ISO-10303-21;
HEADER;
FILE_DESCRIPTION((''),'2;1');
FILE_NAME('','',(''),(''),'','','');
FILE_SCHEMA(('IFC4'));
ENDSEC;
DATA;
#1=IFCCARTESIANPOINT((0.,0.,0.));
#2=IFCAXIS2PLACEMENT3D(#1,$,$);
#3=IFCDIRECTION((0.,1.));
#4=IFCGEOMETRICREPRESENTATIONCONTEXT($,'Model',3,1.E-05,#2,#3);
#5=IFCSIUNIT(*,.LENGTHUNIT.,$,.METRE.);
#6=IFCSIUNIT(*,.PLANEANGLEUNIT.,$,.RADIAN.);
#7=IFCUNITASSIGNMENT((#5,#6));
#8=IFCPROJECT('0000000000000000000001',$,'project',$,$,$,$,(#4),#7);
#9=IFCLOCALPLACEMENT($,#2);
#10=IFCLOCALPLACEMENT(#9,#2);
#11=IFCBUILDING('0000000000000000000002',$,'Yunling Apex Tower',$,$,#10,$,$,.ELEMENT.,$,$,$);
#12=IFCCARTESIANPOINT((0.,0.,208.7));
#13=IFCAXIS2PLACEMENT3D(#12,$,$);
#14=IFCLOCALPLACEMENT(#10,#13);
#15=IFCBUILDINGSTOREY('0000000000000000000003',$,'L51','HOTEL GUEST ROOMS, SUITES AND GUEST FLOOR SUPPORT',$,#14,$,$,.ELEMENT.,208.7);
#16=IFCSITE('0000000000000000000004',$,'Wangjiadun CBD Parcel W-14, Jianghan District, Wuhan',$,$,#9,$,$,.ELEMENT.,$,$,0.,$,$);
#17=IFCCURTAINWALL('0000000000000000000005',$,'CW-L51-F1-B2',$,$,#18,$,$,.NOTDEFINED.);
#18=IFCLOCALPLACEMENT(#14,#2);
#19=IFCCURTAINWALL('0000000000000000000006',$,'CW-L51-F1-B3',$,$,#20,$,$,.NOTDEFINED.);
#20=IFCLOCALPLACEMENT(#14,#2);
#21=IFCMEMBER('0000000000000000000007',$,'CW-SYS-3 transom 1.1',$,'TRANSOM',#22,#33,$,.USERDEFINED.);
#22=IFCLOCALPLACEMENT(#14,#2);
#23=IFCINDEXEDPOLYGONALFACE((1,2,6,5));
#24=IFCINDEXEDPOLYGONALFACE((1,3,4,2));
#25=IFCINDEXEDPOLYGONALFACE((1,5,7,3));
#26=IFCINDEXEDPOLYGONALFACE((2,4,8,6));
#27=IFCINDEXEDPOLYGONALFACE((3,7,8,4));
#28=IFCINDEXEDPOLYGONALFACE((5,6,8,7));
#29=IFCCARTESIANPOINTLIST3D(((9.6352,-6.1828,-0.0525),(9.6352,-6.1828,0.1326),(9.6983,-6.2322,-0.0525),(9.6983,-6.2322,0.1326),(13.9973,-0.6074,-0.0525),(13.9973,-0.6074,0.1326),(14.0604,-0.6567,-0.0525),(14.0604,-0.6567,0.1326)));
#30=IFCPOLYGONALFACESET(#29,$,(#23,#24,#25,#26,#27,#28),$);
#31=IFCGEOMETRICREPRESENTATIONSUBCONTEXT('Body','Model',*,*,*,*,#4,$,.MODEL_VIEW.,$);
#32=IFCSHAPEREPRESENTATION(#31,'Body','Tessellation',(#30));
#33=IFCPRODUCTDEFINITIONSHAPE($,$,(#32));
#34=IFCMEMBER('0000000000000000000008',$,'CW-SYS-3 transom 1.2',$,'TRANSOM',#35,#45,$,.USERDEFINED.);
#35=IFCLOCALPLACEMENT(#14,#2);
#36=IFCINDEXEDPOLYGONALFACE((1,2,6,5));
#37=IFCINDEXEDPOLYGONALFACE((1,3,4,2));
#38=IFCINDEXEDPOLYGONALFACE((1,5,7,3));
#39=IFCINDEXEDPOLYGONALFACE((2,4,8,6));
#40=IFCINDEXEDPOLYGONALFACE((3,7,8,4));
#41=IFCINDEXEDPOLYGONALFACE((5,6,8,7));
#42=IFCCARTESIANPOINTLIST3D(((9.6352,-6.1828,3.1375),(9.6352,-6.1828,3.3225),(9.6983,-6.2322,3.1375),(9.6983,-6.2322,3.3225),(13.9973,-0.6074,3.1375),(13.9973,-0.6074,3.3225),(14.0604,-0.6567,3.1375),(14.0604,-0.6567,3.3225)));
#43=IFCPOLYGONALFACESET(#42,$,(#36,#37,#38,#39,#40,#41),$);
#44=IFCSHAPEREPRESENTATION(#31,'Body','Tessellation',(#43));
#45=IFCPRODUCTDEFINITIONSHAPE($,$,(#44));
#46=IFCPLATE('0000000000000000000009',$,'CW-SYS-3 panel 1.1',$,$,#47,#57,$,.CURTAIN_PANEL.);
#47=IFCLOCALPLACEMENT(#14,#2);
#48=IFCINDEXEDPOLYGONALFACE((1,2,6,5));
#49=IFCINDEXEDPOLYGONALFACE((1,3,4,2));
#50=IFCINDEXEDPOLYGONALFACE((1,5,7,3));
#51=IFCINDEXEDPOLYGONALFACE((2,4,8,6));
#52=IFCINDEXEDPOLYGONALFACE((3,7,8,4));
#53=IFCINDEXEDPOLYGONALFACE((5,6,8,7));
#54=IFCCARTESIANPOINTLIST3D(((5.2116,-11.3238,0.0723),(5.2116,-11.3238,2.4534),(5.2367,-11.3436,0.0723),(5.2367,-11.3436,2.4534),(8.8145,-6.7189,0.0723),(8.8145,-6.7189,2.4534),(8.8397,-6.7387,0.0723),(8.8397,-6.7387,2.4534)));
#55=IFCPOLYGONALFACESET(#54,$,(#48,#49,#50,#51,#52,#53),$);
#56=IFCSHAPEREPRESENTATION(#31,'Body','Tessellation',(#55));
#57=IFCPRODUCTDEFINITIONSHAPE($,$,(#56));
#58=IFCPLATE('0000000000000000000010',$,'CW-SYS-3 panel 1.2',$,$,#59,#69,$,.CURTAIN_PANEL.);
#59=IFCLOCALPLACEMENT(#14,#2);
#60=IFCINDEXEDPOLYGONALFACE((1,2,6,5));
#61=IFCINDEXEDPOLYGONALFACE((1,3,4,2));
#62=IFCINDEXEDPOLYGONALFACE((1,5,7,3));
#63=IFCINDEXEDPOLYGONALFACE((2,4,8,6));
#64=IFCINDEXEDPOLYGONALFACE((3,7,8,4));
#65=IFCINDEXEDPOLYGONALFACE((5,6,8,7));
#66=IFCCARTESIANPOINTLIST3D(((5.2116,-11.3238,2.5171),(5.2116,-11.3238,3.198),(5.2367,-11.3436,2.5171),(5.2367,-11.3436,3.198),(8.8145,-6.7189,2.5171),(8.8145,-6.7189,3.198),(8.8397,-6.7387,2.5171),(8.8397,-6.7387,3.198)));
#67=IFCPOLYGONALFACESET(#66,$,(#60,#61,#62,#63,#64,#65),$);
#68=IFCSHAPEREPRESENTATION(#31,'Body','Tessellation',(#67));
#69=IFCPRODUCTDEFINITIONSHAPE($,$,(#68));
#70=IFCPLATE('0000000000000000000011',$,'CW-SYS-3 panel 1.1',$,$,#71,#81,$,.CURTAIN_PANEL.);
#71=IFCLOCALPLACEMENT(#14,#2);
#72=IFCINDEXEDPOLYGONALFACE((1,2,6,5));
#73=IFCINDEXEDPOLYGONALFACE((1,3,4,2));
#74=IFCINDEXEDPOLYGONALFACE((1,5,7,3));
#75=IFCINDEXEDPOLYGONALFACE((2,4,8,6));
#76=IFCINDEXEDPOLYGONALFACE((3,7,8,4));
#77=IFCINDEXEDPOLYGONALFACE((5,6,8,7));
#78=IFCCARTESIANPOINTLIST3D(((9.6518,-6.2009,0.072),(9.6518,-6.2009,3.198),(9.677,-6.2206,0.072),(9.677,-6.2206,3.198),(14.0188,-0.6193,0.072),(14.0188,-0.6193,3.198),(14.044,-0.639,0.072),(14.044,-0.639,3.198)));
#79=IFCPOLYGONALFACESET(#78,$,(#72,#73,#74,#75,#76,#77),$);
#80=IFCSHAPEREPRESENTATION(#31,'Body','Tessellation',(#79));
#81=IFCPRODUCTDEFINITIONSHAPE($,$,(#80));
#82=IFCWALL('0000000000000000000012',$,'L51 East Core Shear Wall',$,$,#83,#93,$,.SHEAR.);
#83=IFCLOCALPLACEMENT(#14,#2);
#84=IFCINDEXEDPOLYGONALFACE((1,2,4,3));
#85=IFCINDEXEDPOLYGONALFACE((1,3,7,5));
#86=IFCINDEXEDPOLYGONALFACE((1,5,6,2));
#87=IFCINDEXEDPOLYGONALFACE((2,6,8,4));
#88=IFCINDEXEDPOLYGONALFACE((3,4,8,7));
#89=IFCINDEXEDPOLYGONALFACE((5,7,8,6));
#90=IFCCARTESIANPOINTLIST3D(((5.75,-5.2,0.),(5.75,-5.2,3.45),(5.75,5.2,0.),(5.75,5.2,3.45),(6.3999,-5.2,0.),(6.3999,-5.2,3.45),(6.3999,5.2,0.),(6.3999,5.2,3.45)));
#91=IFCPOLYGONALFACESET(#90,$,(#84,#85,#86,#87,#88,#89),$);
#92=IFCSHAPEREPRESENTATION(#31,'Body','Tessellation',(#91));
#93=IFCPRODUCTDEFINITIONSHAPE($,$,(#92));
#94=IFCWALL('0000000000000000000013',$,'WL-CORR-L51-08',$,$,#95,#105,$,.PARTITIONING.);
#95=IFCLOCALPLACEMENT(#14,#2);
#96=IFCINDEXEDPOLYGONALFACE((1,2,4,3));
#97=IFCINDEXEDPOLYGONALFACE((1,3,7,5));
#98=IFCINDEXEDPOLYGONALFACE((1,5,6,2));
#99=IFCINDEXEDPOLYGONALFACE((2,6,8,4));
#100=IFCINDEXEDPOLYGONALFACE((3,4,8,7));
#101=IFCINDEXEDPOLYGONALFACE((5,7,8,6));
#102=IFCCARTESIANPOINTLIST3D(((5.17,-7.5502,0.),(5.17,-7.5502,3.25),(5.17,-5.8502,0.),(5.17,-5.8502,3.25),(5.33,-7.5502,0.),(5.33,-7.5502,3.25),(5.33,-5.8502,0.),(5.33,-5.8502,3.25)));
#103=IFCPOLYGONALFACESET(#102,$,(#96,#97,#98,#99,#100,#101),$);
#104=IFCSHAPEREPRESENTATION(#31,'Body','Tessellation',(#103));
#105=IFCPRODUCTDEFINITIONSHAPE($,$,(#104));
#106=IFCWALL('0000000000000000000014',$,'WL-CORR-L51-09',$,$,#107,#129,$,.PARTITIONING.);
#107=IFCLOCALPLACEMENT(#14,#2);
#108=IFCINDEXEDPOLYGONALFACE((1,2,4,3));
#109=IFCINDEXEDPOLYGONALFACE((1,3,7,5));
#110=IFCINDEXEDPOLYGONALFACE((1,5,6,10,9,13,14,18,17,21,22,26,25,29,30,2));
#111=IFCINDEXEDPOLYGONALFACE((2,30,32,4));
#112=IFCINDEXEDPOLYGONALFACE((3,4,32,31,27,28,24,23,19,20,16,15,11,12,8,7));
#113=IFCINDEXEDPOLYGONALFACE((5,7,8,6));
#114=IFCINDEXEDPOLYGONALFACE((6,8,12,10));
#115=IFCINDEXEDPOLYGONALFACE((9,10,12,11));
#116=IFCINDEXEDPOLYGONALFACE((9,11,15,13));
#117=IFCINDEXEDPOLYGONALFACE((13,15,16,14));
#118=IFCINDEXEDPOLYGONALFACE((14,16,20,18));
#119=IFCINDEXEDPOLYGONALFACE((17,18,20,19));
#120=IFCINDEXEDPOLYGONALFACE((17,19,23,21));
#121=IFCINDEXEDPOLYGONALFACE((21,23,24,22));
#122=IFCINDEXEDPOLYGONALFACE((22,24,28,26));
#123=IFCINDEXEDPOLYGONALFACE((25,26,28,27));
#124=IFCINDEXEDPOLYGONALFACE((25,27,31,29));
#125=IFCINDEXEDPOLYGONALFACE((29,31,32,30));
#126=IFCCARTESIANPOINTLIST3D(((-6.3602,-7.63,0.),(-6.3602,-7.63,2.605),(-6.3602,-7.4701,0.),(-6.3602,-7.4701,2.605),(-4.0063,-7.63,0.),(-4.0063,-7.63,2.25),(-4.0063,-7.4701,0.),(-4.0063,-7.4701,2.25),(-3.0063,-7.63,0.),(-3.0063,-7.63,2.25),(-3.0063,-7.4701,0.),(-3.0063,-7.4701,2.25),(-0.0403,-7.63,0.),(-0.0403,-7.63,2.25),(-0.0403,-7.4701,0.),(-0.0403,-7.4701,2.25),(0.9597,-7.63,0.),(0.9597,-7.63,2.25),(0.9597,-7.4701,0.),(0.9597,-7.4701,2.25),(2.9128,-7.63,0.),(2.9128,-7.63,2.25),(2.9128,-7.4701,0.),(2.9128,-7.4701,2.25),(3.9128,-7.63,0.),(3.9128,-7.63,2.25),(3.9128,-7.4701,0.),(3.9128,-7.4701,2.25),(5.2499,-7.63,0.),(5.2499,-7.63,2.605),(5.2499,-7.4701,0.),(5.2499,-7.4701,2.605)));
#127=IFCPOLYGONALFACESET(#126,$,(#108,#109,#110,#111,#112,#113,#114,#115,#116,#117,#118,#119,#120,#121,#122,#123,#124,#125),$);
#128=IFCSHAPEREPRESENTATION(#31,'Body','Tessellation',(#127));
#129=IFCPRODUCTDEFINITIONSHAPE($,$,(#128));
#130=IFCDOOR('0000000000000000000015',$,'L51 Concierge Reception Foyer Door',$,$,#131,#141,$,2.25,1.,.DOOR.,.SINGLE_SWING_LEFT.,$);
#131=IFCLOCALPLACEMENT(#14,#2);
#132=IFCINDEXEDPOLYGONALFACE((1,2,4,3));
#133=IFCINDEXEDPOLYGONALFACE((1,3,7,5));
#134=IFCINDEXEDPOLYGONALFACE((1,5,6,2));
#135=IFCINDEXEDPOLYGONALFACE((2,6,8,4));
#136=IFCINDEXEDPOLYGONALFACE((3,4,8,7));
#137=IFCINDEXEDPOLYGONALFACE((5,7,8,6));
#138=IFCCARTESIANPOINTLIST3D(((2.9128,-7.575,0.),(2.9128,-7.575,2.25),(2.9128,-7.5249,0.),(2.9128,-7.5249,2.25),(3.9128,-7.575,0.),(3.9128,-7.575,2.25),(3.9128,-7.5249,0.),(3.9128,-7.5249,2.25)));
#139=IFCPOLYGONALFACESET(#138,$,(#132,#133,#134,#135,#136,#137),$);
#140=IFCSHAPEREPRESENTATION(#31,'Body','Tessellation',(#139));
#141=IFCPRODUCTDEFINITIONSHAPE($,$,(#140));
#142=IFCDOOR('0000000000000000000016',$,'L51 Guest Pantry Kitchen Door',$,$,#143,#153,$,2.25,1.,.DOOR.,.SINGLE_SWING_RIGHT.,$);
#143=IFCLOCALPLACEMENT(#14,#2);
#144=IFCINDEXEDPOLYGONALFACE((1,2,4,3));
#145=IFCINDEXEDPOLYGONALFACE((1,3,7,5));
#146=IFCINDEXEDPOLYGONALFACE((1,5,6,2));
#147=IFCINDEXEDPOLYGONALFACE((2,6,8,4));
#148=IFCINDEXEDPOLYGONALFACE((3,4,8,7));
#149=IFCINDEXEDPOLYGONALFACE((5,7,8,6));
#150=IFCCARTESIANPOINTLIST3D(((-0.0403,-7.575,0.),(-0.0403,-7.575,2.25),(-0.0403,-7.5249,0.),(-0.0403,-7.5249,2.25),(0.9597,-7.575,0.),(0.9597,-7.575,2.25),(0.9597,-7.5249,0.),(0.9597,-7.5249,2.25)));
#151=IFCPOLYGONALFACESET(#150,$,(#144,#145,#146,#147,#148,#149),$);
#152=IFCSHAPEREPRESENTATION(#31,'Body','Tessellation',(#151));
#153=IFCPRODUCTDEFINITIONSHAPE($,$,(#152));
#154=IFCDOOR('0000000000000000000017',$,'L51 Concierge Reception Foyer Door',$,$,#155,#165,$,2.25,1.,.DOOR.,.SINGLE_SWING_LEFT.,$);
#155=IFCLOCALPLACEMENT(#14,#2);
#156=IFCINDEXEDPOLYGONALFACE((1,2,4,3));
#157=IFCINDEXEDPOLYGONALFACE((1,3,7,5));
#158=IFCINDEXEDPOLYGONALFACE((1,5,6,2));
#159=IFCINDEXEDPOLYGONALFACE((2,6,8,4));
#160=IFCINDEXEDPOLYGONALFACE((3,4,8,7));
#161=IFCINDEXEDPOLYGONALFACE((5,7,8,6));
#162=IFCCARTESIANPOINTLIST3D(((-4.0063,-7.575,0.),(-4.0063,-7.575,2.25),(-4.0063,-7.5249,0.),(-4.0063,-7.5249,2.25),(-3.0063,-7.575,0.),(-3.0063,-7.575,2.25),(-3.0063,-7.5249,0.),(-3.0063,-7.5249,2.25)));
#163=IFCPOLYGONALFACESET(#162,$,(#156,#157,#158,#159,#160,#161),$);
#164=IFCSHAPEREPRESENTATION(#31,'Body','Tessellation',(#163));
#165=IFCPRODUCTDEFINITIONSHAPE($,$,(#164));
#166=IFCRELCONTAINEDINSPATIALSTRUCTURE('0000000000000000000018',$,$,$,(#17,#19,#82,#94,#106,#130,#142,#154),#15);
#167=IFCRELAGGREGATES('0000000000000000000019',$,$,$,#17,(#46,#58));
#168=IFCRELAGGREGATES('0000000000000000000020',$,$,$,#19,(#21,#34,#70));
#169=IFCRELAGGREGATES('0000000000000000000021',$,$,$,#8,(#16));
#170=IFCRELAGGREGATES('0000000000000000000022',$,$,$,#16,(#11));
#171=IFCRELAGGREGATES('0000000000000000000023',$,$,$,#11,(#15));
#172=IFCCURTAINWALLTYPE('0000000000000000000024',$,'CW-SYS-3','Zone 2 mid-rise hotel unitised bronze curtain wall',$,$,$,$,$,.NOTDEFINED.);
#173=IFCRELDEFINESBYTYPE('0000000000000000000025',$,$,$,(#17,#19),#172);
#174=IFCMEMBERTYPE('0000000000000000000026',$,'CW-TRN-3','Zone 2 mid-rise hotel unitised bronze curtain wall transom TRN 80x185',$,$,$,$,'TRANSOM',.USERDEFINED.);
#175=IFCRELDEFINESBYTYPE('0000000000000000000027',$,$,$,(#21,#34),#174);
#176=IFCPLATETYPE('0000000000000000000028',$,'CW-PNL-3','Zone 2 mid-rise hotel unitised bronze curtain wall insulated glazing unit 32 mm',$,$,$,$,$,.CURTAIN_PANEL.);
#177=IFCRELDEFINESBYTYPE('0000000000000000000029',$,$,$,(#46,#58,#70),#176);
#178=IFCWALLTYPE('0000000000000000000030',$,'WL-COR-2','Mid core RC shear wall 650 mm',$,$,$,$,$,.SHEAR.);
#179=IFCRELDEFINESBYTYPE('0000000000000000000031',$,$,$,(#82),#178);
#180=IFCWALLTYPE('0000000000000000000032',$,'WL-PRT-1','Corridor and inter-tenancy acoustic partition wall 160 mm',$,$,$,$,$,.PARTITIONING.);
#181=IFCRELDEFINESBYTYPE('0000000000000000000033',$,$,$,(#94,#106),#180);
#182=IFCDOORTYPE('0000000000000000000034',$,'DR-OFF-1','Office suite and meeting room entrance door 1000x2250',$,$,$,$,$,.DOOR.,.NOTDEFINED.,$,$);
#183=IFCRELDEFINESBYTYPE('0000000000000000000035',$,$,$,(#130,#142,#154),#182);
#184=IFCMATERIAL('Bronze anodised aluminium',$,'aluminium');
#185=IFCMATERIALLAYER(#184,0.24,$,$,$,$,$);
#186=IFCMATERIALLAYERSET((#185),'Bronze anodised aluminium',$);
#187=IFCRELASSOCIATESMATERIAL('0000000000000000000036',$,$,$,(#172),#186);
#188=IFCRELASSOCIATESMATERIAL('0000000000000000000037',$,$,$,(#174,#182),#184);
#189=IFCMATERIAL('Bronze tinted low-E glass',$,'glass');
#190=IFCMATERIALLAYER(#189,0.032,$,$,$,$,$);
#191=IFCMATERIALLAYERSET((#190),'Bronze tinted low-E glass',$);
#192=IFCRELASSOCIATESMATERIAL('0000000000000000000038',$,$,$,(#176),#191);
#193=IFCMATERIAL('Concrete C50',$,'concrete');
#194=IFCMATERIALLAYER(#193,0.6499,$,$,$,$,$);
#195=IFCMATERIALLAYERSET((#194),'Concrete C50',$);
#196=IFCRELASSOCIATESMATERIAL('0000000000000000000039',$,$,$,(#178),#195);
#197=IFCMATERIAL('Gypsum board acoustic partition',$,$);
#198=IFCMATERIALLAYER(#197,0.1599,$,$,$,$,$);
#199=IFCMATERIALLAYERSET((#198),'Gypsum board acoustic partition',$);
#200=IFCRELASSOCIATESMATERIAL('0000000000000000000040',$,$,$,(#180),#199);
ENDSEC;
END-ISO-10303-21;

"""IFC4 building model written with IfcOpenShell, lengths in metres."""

from ifc_helpers import new_model, si_unit, direction, frame, frame_2d, origin, origin_2d, place, context, subcontext, project, spatial, rectangle, extrude, source, transform, mapped, material, layer, layer_set, material_profile, profile_set, type_object, element, fill, aggregate, save


model = new_model("IFC4")

# Units and contexts
model_context = context("Model", 3, precision=1e-05, world=origin(), true_north=direction((0.0, 1.0)))
body_context = subcontext(model_context, "Body", "Model", "MODEL_VIEW")
ifc_project = project(units=[si_unit("LENGTHUNIT", "METRE"), si_unit("PLANEANGLEUNIT", "RADIAN")], contexts=[model_context])

# Site, building, storey
site_placement = place(None, origin())
site = spatial("IfcSite", under=ifc_project, at=site_placement, Name="Wangjiadun CBD Parcel W-14, Jianghan District, Wuhan", CompositionType="ELEMENT", RefElevation=0.0)
building_placement = place(site_placement, origin())
building = spatial("IfcBuilding", under=site, at=building_placement, Name="Yunling Apex Tower", CompositionType="ELEMENT")
storey_placement = place(building_placement, frame((0.0, 0.0, 208.7)))
storey = spatial("IfcBuildingStorey", under=building, at=storey_placement, Name="L51", Description="HOTEL GUEST ROOMS, SUITES AND GUEST FLOOR SUPPORT", CompositionType="ELEMENT", Elevation=208.7)

# Shared definitions
ifc_material_1 = material(Name="Concrete C50", Category="concrete")

# Curtain wall
ifc_material_2 = material(Name="Bronze anodised aluminium", Category="aluminium")
ifc_layer_1 = layer(ifc_material_2, 0.24)
ifc_layer_set_1 = layer_set([ifc_layer_1], Name="Bronze anodised aluminium")
curtain_wall_type = type_object("IfcCurtainWallType", Name="CW-SYS-3", Description="Zone 2 mid-rise hotel unitised bronze curtain wall", PredefinedType="NOTDEFINED", material=ifc_layer_set_1)
curtain_wall_1_placement = place(storey_placement, origin())
curtain_wall_1 = element("IfcCurtainWall", 1, at=curtain_wall_1_placement, inside=storey, type_object=curtain_wall_type, Name="CW-L51-F1-B2", PredefinedType="NOTDEFINED")

# Curtain wall, members
curtain_wall_2_placement = place(storey_placement, origin())
curtain_wall_2 = element("IfcCurtainWall", 2, at=curtain_wall_2_placement, inside=storey, type_object=curtain_wall_type, Name="CW-L51-F1-B3", PredefinedType="NOTDEFINED")
ifc_material_profile_1 = material_profile(ifc_material_2, rectangle(XDim=0.0801, YDim=0.1851, at=origin_2d()))
ifc_profile_set_1 = profile_set([ifc_material_profile_1], Name="Bronze anodised aluminium")
member_type_1 = type_object("IfcMemberType", Name="CW-TRN-3", Description="Zone 2 mid-rise hotel unitised bronze curtain wall transom TRN 80x185", ElementType="TRANSOM", PredefinedType="USERDEFINED", material=ifc_profile_set_1)
shared_shape_1 = source(origin(), body_context, "Body", "SweptSolid", [
    extrude(rectangle(XDim=0.0801, YDim=0.1851, at=origin_2d()), origin(), (0.0, 0.0, 1.0), 7.0791),
])
member_1_placement = place(storey_placement, frame((9.6667, -6.2075, 0.04), z_axis=(0.616192, 0.787596, 0.0), x_axis=(-0.787596, 0.616192, 0.0)))
member_1 = element("IfcMember", 3, at=member_1_placement, type_object=member_type_1, Name="CW-SYS-3 transom 1.1", ObjectType="TRANSOM", PredefinedType="USERDEFINED", context=body_context, shape_type="MappedRepresentation", body=[
    mapped(shared_shape_1, transform((0.0, 0.0, 0.0), scale=1.0)),
])
member_2_placement = place(storey_placement, frame((9.6667, -6.2075, 3.23), z_axis=(0.616192, 0.787596, 0.0), x_axis=(-0.787596, 0.616192, 0.0)))
member_2 = element("IfcMember", 4, at=member_2_placement, type_object=member_type_1, Name="CW-SYS-3 transom 1.2", ObjectType="TRANSOM", PredefinedType="USERDEFINED", context=body_context, shape_type="MappedRepresentation", body=[
    mapped(shared_shape_1, transform((0.0, 0.0, 0.0), scale=1.0)),
])

# Plates
ifc_material_3 = material(Name="Bronze tinted low-E glass", Category="glass")
ifc_layer_2 = layer(ifc_material_3, 0.032)
ifc_layer_set_2 = layer_set([ifc_layer_2], Name="Bronze tinted low-E glass")
plate_type = type_object("IfcPlateType", Name="CW-PNL-3", Description="Zone 2 mid-rise hotel unitised bronze curtain wall insulated glazing unit 32 mm", PredefinedType="CURTAIN_PANEL", material=ifc_layer_set_2)
shared_shape_2 = source(origin(), body_context, "Body", "SweptSolid", [
    extrude(rectangle(XDim=5.8469, YDim=0.032, at=origin_2d()), origin(), (0.0, 0.0, 1.0), 2.3811),
])
plate_1_placement = place(storey_placement, frame((7.0256, -9.0312, 0.0723), z_axis=(0.0, 0.0, 1.0), x_axis=(0.616217, 0.787576, 0.0)))
plate_1 = element("IfcPlate", 5, at=plate_1_placement, type_object=plate_type, Name="CW-SYS-3 panel 1.1", PredefinedType="CURTAIN_PANEL", context=body_context, shape_type="MappedRepresentation", body=[
    mapped(shared_shape_2, transform((0.0, 0.0, 0.0), scale=1.0)),
])
shared_shape_3 = source(origin(), body_context, "Body", "SweptSolid", [
    extrude(rectangle(XDim=5.8469, YDim=0.032, at=origin_2d()), origin(), (0.0, 0.0, 1.0), 0.6809),
])
plate_2_placement = place(storey_placement, frame((7.0256, -9.0312, 2.5171), z_axis=(0.0, 0.0, 1.0), x_axis=(0.616217, 0.787576, 0.0)))
plate_2 = element("IfcPlate", 6, at=plate_2_placement, type_object=plate_type, Name="CW-SYS-3 panel 1.2", PredefinedType="CURTAIN_PANEL", context=body_context, shape_type="MappedRepresentation", body=[
    mapped(shared_shape_3, transform((0.0, 0.0, 0.0), scale=1.0)),
])
aggregate(curtain_wall_1, [plate_1, plate_2])
shared_shape_4 = source(origin(), body_context, "Body", "SweptSolid", [
    extrude(rectangle(XDim=7.0869, YDim=0.032, at=origin_2d()), origin(), (0.0, 0.0, 1.0), 3.126),
])
plate_3_placement = place(storey_placement, frame((11.8479, -3.4199, 0.072), z_axis=(0.0, 0.0, 1.0), x_axis=(0.6162, 0.787589, 0.0)))
plate_3 = element("IfcPlate", 7, at=plate_3_placement, type_object=plate_type, Name="CW-SYS-3 panel 1.1", PredefinedType="CURTAIN_PANEL", context=body_context, shape_type="MappedRepresentation", body=[
    mapped(shared_shape_4, transform((0.0, 0.0, 0.0), scale=1.0)),
])
aggregate(curtain_wall_2, [member_1, member_2, plate_3])

# Walls
ifc_layer_3 = layer(ifc_material_1, 0.6499)
ifc_layer_set_3 = layer_set([ifc_layer_3], Name="Concrete C50")
wall_type_1 = type_object("IfcWallType", Name="WL-COR-2", Description="Mid core RC shear wall 650 mm", PredefinedType="SHEAR", material=ifc_layer_set_3)
wall_1_placement = place(storey_placement, frame((6.075, -5.2, 0.0), z_axis=(0.0, 0.0, 1.0), x_axis=(0.0, 1.0, 0.0)))
element("IfcWall", 8, at=wall_1_placement, inside=storey, type_object=wall_type_1, Name="L51 East Core Shear Wall", PredefinedType="SHEAR", context=body_context, shape_type="SweptSolid", body=[
    extrude(rectangle(XDim=10.3999, YDim=0.6499, at=frame_2d((5.2, 0.0))), origin(), (0.0, 0.0, 1.0), 3.45),
])
ifc_material_4 = material(Name="Gypsum board acoustic partition")
ifc_layer_4 = layer(ifc_material_4, 0.1599)
ifc_layer_set_4 = layer_set([ifc_layer_4], Name="Gypsum board acoustic partition")
wall_type_2 = type_object("IfcWallType", Name="WL-PRT-1", Description="Corridor and inter-tenancy acoustic partition wall 160 mm", PredefinedType="PARTITIONING", material=ifc_layer_set_4)
wall_2_placement = place(storey_placement, frame((5.25, -5.8501, 0.0), z_axis=(0.0, 0.0, 1.0), x_axis=(0.0, -1.0, 0.0)))
element("IfcWall", 9, at=wall_2_placement, inside=storey, type_object=wall_type_2, Name="WL-CORR-L51-08", PredefinedType="PARTITIONING", context=body_context, shape_type="SweptSolid", body=[
    extrude(rectangle(XDim=1.7, YDim=0.1599, at=frame_2d((0.8501, 0.0))), origin(), (0.0, 0.0, 1.0), 3.25),
])

# Wall, openings, doors
wall_3_placement = place(storey_placement, frame((5.25, -7.55, 0.0), z_axis=(0.0, 0.0, 1.0), x_axis=(-1.0, 0.0, 0.0)))
wall_3 = element("IfcWall", 10, at=wall_3_placement, inside=storey, type_object=wall_type_2, Name="WL-CORR-L51-09", PredefinedType="PARTITIONING", context=body_context, shape_type="SweptSolid", body=[
    extrude(rectangle(XDim=11.6101, YDim=0.1599, at=frame_2d((5.8052, 0.0))), origin(), (0.0, 0.0, 1.0), 2.605),
])
opening_1_placement = place(wall_3_placement, frame((1.3372, 0.0, 0.0)))
opening_1 = element("IfcOpeningElement", 11, at=opening_1_placement, cuts=wall_3, PredefinedType="OPENING", context=body_context, shape_type="SweptSolid", body=[
    extrude(rectangle(XDim=1.0, YDim=2.25, at=frame_2d((0.5, 1.125))), frame((0.0, 0.0898, 0.0), z_axis=(0.0, -1.0, 0.0), x_axis=(1.0, 0.0, 0.0)), (0.0, 0.0, 1.0), 0.1799),
])
opening_2_placement = place(wall_3_placement, frame((4.2903, 0.0, 0.0)))
opening_2 = element("IfcOpeningElement", 12, at=opening_2_placement, cuts=wall_3, PredefinedType="OPENING", context=body_context, shape_type="SweptSolid", body=[
    extrude(rectangle(XDim=1.0, YDim=2.25, at=frame_2d((0.5, 1.125))), frame((0.0, 0.0898, 0.0), z_axis=(0.0, -1.0, 0.0), x_axis=(1.0, 0.0, 0.0)), (0.0, 0.0, 1.0), 0.1799),
])
opening_3_placement = place(wall_3_placement, frame((8.2563, 0.0, 0.0)))
opening_3 = element("IfcOpeningElement", 13, at=opening_3_placement, cuts=wall_3, PredefinedType="OPENING", context=body_context, shape_type="SweptSolid", body=[
    extrude(rectangle(XDim=1.0, YDim=2.25, at=frame_2d((0.5, 1.125))), frame((0.0, 0.0898, 0.0), z_axis=(0.0, -1.0, 0.0), x_axis=(1.0, 0.0, 0.0)), (0.0, 0.0, 1.0), 0.1799),
])
door_type = type_object("IfcDoorType", Name="DR-OFF-1", Description="Office suite and meeting room entrance door 1000x2250", OperationType="NOTDEFINED", PredefinedType="DOOR", material=ifc_material_2)
door_1_placement = place(opening_1_placement, origin())
door_1 = element("IfcDoor", 14, at=door_1_placement, inside=storey, type_object=door_type, Name="L51 Concierge Reception Foyer Door", OperationType="SINGLE_SWING_LEFT", OverallHeight=2.25, OverallWidth=1.0, PredefinedType="DOOR", context=body_context, shape_type="SweptSolid", body=[
    extrude(rectangle(XDim=1.0, YDim=2.25, at=frame_2d((0.5, 1.125))), frame((0.0, 0.0249, 0.0), z_axis=(0.0, -1.0, 0.0), x_axis=(1.0, 0.0, 0.0)), (0.0, 0.0, 1.0), 0.05),
])
fill(opening_1, door_1)
door_2_placement = place(opening_2_placement, origin())
door_2 = element("IfcDoor", 15, at=door_2_placement, inside=storey, type_object=door_type, Name="L51 Guest Pantry Kitchen Door", OperationType="SINGLE_SWING_RIGHT", OverallHeight=2.25, OverallWidth=1.0, PredefinedType="DOOR", context=body_context, shape_type="SweptSolid", body=[
    extrude(rectangle(XDim=1.0, YDim=2.25, at=frame_2d((0.5, 1.125))), frame((0.0, 0.0249, 0.0), z_axis=(0.0, -1.0, 0.0), x_axis=(1.0, 0.0, 0.0)), (0.0, 0.0, 1.0), 0.05),
])
fill(opening_2, door_2)
door_3_placement = place(opening_3_placement, origin())
door_3 = element("IfcDoor", 16, at=door_3_placement, inside=storey, type_object=door_type, Name="L51 Concierge Reception Foyer Door", OperationType="SINGLE_SWING_LEFT", OverallHeight=2.25, OverallWidth=1.0, PredefinedType="DOOR", context=body_context, shape_type="SweptSolid", body=[
    extrude(rectangle(XDim=1.0, YDim=2.25, at=frame_2d((0.5, 1.125))), frame((0.0, 0.0249, 0.0), z_axis=(0.0, -1.0, 0.0), x_axis=(1.0, 0.0, 0.0)), (0.0, 0.0, 1.0), 0.05),
])
fill(opening_3, door_3)

save(model, "model.ifc")
